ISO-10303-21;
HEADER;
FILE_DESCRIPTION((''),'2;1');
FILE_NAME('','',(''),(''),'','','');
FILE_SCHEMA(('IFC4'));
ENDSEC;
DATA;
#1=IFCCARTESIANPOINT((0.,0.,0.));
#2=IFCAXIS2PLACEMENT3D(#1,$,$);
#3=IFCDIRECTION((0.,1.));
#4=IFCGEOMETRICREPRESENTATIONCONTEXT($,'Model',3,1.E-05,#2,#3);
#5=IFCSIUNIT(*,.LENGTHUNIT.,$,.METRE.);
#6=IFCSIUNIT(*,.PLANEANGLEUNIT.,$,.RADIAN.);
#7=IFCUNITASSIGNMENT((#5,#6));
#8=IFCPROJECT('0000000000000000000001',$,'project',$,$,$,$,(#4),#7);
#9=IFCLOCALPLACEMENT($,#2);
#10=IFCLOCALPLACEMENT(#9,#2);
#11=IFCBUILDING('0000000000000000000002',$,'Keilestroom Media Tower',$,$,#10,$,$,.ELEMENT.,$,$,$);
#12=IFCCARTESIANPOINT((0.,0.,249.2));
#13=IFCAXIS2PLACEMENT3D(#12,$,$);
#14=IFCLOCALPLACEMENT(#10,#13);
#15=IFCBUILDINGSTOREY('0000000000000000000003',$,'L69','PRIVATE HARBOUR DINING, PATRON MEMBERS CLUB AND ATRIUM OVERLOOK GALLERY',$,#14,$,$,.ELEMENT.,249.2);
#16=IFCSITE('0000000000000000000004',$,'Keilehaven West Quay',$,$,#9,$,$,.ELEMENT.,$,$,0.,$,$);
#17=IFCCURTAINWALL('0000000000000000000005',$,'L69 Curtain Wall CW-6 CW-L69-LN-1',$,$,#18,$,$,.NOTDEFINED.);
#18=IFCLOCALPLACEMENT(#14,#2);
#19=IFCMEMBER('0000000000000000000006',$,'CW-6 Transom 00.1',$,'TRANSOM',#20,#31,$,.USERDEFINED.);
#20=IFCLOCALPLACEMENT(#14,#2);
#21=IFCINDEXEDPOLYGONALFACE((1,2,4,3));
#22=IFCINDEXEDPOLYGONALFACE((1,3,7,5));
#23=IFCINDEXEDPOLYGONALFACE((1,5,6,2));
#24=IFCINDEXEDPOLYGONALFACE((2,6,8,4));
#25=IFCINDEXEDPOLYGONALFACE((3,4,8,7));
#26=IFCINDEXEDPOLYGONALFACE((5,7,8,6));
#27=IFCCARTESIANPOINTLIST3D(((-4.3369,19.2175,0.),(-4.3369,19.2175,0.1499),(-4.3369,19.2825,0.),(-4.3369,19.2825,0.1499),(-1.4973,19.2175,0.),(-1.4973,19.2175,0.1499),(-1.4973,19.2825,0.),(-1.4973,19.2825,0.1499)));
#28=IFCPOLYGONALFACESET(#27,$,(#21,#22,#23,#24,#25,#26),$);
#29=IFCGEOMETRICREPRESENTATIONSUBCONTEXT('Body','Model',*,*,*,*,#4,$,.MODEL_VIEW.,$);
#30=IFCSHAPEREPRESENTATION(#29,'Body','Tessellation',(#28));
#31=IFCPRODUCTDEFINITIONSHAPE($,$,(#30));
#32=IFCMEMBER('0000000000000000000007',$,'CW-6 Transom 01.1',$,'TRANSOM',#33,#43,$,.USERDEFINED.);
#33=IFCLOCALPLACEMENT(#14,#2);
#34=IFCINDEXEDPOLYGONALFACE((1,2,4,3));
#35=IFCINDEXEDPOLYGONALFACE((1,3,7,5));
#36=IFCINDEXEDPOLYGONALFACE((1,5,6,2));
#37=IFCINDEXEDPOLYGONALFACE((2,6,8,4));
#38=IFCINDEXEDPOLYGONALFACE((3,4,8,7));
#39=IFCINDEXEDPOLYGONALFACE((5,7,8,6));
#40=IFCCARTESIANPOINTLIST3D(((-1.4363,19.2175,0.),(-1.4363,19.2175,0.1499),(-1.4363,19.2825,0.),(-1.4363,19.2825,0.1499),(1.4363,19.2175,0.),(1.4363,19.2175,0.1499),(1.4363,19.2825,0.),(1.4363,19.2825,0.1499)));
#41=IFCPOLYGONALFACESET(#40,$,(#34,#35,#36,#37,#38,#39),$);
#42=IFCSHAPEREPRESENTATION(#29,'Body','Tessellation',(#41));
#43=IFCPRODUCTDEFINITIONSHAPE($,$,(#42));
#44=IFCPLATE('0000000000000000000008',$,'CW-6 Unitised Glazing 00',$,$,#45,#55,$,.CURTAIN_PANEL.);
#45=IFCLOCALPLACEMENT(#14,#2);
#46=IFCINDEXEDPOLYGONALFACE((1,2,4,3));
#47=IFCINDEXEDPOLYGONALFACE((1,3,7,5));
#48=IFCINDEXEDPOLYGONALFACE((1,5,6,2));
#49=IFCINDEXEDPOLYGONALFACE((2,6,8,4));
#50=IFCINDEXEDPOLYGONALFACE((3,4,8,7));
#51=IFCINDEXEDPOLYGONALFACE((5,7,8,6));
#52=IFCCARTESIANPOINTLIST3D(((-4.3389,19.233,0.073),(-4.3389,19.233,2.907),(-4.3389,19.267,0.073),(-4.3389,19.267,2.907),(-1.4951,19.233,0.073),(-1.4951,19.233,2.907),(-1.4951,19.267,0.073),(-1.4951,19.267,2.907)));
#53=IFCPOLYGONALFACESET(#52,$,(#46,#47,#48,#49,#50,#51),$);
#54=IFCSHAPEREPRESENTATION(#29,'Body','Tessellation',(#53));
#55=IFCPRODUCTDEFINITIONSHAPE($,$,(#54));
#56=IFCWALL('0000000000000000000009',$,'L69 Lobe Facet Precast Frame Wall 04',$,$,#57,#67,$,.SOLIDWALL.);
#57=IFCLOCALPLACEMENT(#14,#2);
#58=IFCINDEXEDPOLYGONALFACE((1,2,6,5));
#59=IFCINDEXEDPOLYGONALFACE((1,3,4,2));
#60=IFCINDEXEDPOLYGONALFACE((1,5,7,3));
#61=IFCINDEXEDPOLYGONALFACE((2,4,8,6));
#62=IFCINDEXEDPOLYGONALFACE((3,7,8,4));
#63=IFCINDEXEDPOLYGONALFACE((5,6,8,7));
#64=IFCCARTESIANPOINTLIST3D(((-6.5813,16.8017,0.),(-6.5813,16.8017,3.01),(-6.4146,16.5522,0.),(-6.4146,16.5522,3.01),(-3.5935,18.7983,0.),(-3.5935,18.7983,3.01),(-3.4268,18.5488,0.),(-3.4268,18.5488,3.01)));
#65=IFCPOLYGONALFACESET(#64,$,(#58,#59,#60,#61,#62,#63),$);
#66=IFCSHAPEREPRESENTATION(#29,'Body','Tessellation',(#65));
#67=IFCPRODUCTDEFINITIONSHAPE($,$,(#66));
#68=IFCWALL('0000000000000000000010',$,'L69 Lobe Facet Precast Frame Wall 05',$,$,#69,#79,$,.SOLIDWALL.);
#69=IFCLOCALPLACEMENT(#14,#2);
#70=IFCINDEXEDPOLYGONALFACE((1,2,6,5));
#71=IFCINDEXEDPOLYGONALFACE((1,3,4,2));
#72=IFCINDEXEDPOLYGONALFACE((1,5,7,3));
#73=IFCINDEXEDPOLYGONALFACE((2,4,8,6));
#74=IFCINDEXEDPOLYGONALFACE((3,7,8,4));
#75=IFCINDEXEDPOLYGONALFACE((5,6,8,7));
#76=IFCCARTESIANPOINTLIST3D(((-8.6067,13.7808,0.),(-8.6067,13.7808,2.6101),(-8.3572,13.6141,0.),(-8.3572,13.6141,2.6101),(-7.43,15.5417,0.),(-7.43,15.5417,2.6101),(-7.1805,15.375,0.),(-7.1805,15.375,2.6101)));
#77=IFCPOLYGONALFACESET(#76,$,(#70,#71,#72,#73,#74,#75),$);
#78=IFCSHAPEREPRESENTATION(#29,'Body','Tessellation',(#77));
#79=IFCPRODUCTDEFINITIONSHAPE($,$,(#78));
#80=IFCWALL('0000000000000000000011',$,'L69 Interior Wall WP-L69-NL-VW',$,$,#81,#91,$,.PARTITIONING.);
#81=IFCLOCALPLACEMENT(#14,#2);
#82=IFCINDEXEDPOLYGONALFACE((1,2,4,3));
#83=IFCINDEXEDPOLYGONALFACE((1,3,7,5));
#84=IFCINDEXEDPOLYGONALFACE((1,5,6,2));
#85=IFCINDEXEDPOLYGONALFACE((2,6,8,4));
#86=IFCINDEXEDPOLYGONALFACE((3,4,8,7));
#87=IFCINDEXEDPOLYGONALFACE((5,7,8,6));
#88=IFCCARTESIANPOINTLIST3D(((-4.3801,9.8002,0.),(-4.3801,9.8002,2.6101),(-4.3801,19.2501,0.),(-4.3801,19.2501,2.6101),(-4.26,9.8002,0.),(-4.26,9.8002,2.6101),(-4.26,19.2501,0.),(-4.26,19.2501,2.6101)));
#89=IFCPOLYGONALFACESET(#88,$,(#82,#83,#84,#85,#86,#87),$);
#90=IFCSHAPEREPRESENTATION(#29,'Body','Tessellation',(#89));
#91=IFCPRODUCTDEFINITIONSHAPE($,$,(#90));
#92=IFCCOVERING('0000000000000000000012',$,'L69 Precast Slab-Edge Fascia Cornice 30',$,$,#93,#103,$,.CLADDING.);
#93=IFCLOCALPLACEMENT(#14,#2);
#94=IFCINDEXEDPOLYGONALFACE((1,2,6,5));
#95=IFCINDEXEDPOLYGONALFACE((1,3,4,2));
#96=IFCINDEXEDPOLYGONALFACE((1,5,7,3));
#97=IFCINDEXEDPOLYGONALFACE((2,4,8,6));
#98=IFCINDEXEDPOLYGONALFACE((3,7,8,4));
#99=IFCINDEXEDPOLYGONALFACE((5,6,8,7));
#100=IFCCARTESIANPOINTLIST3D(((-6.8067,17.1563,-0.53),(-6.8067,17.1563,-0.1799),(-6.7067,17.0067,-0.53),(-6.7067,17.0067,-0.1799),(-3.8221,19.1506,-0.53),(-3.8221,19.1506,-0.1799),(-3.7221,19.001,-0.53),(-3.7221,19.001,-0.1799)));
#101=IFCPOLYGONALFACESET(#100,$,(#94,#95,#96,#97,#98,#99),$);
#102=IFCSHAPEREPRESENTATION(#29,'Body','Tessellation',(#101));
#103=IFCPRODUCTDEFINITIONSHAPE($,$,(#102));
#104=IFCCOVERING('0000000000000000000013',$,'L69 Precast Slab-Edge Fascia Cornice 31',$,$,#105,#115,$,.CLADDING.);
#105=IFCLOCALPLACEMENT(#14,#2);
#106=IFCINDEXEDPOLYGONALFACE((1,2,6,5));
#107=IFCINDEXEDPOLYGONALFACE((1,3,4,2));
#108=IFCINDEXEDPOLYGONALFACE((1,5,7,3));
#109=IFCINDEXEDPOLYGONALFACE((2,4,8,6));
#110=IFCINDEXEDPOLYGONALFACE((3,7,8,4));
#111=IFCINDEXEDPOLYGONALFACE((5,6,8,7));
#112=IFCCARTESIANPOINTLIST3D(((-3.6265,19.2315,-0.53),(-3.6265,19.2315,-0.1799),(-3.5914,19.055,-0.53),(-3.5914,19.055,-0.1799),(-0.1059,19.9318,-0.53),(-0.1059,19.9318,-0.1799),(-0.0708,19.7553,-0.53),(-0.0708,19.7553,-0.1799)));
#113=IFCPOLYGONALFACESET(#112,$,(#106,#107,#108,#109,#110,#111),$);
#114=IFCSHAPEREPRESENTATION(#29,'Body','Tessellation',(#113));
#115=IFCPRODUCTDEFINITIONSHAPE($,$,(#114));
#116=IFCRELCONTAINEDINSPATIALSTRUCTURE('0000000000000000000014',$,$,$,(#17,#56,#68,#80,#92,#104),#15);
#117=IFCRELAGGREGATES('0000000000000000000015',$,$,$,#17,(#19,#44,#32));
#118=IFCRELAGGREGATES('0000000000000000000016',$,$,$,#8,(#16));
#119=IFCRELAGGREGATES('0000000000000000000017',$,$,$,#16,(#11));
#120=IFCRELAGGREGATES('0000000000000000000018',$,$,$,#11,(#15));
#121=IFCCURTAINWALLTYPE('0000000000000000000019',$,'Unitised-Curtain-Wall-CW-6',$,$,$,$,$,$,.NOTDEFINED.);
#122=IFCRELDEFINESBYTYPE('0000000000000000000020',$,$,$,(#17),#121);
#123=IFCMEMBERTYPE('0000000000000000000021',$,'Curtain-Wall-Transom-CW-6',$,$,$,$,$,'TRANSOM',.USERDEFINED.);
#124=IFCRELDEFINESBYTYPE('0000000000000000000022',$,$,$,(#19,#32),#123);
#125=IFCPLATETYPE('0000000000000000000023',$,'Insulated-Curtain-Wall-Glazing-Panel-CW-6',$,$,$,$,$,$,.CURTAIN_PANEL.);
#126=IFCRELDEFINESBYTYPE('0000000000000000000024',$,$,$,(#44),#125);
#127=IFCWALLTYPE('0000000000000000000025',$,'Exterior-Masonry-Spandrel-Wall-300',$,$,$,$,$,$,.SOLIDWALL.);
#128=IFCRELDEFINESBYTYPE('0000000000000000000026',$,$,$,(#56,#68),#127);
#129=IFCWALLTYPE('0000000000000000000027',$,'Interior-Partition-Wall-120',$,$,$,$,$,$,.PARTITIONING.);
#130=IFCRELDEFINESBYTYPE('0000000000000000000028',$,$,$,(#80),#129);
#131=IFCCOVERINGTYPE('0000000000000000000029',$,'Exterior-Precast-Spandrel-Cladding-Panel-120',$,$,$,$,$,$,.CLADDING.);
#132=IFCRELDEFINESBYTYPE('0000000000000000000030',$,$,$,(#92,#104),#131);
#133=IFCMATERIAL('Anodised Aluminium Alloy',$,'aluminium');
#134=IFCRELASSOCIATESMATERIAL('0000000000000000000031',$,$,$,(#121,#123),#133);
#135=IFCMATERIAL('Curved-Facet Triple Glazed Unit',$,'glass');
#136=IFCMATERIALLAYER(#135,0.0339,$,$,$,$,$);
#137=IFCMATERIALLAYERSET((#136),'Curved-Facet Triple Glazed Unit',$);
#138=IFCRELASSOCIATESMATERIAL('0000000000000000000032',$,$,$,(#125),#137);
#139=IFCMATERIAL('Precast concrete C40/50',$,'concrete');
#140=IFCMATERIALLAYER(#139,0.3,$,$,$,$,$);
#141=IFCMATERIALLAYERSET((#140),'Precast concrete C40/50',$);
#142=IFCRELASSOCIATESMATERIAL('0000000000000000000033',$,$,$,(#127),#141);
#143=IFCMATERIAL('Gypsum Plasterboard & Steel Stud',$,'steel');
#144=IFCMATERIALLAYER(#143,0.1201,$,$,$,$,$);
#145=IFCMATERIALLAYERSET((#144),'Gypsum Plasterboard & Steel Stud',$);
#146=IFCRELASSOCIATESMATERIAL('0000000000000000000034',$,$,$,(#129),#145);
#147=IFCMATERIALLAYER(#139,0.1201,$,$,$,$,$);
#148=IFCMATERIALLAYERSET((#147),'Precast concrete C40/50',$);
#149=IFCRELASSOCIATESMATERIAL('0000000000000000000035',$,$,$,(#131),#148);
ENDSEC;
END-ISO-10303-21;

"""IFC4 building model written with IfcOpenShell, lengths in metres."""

from ifc_helpers import new_model, si_unit, direction, frame, frame_2d, origin, origin_2d, place, context, subcontext, project, spatial, rectangle, extrude, source, transform, mapped, material, layer, layer_set, material_profile, profile_set, type_object, element, aggregate, save


model = new_model("IFC4")

# Units and contexts
model_context = context("Model", 3, precision=1e-05, world=origin(), true_north=direction((0.0, 1.0)))
body_context = subcontext(model_context, "Body", "Model", "MODEL_VIEW")
ifc_project = project(units=[si_unit("LENGTHUNIT", "METRE"), si_unit("PLANEANGLEUNIT", "RADIAN")], contexts=[model_context])

# Site, building, storey
site_placement = place(None, origin())
site = spatial("IfcSite", under=ifc_project, at=site_placement, Name="Keilehaven West Quay", CompositionType="ELEMENT", RefElevation=0.0)
building_placement = place(site_placement, origin())
building = spatial("IfcBuilding", under=site, at=building_placement, Name="Keilestroom Media Tower", CompositionType="ELEMENT")
storey_placement = place(building_placement, frame((0.0, 0.0, 249.2)))
storey = spatial("IfcBuildingStorey", under=building, at=storey_placement, Name="L69", Description="PRIVATE HARBOUR DINING, PATRON MEMBERS CLUB AND ATRIUM OVERLOOK GALLERY", CompositionType="ELEMENT", Elevation=249.2)

# Curtain wall, members, plate
ifc_material_1 = material(Name="Anodised Aluminium Alloy", Category="aluminium")
curtain_wall_type = type_object("IfcCurtainWallType", Name="Unitised-Curtain-Wall-CW-6", PredefinedType="NOTDEFINED", material=ifc_material_1)
curtain_wall_placement = place(storey_placement, origin())
curtain_wall = element("IfcCurtainWall", 1, at=curtain_wall_placement, inside=storey, type_object=curtain_wall_type, Name="L69 Curtain Wall CW-6 CW-L69-LN-1", PredefinedType="NOTDEFINED")
ifc_material_profile_1 = material_profile(ifc_material_1, rectangle(XDim=0.0649, YDim=0.1499, at=origin_2d()), Name="ALU TRANSOM 65x150")
ifc_profile_set_1 = profile_set([ifc_material_profile_1], Name="Anodised Aluminium Alloy")
member_type_1 = type_object("IfcMemberType", Name="Curtain-Wall-Transom-CW-6", ElementType="TRANSOM", PredefinedType="USERDEFINED", material=ifc_profile_set_1)
shared_shape_1 = source(origin(), body_context, "Body", "SweptSolid", [
    extrude(rectangle(XDim=0.0649, YDim=0.1499, at=origin_2d()), origin(), (0.0, 0.0, 1.0), 2.8396),
])
member_1_placement = place(storey_placement, frame((-4.3369, 19.25, 0.075), z_axis=(1.0, 0.0, 0.0), x_axis=(0.0, 1.0, 0.0)))
member_1 = element("IfcMember", 2, at=member_1_placement, type_object=member_type_1, Name="CW-6 Transom 00.1", ObjectType="TRANSOM", PredefinedType="USERDEFINED", context=body_context, shape_type="MappedRepresentation", body=[
    mapped(shared_shape_1, transform((0.0, 0.0, 0.0), x_axis=(1.0, 0.0, 0.0), y_axis=(0.0, 1.0, 0.0), z_axis=(0.0, 0.0, 1.0), scale=1.0)),
])
shared_shape_2 = source(origin(), body_context, "Body", "SweptSolid", [
    extrude(rectangle(XDim=0.0649, YDim=0.1499, at=origin_2d()), origin(), (0.0, 0.0, 1.0), 2.8726),
])
member_2_placement = place(storey_placement, frame((-1.4363, 19.25, 0.075), z_axis=(1.0, 0.0, 0.0), x_axis=(0.0, 1.0, 0.0)))
member_2 = element("IfcMember", 3, at=member_2_placement, type_object=member_type_1, Name="CW-6 Transom 01.1", ObjectType="TRANSOM", PredefinedType="USERDEFINED", context=body_context, shape_type="MappedRepresentation", body=[
    mapped(shared_shape_2, transform((0.0, 0.0, 0.0), x_axis=(1.0, 0.0, 0.0), y_axis=(0.0, 1.0, 0.0), z_axis=(0.0, 0.0, 1.0), scale=1.0)),
])
ifc_material_2 = material(Name="Curved-Facet Triple Glazed Unit", Category="glass")
ifc_layer_1 = layer(ifc_material_2, 0.0339)
ifc_layer_set_1 = layer_set([ifc_layer_1], Name="Curved-Facet Triple Glazed Unit")
plate_type = type_object("IfcPlateType", Name="Insulated-Curtain-Wall-Glazing-Panel-CW-6", PredefinedType="CURTAIN_PANEL", material=ifc_layer_set_1)
shared_shape_3 = source(origin(), body_context, "Body", "SweptSolid", [
    extrude(rectangle(XDim=2.8438, YDim=0.0339, at=origin_2d()), origin(), (0.0, 0.0, 1.0), 2.834),
])
plate_placement = place(storey_placement, frame((-2.917, 19.25, 0.073), z_axis=(0.0, 0.0, 1.0), x_axis=(1.0, 0.0, 0.0)))
plate = element("IfcPlate", 4, at=plate_placement, type_object=plate_type, Name="CW-6 Unitised Glazing 00", PredefinedType="CURTAIN_PANEL", context=body_context, shape_type="MappedRepresentation", body=[
    mapped(shared_shape_3, transform((0.0, 0.0, 0.0), x_axis=(1.0, 0.0, 0.0), y_axis=(0.0, 1.0, 0.0), z_axis=(0.0, 0.0, 1.0), scale=1.0)),
])
aggregate(curtain_wall, [member_1, plate, member_2])

# Walls
ifc_material_3 = material(Name="Precast concrete C40/50", Category="concrete")
ifc_layer_2 = layer(ifc_material_3, 0.3)
ifc_layer_set_2 = layer_set([ifc_layer_2], Name="Precast concrete C40/50")
wall_type_1 = type_object("IfcWallType", Name="Exterior-Masonry-Spandrel-Wall-300", PredefinedType="SOLIDWALL", material=ifc_layer_set_2)
wall_1_placement = place(storey_placement, frame((-3.51, 18.6736, 0.0), z_axis=(0.0, 0.0, 1.0), x_axis=(-0.831444, -0.555609, 0.0)))
element("IfcWall", 5, at=wall_1_placement, inside=storey, type_object=wall_type_1, Name="L69 Lobe Facet Precast Frame Wall 04", PredefinedType="SOLIDWALL", context=body_context, shape_type="SweptSolid", body=[
    extrude(rectangle(XDim=3.5935, YDim=0.3, at=frame_2d((1.7969, 0.0))), origin(), (0.0, 0.0, 1.0), 3.01),
])
wall_2_placement = place(storey_placement, frame((-7.3052, 15.4585, 0.0), z_axis=(0.0, 0.0, 1.0), x_axis=(-0.555604, -0.831447, 0.0)))
element("IfcWall", 6, at=wall_2_placement, inside=storey, type_object=wall_type_1, Name="L69 Lobe Facet Precast Frame Wall 05", PredefinedType="SOLIDWALL", context=body_context, shape_type="SweptSolid", body=[
    extrude(rectangle(XDim=2.1179, YDim=0.3, at=frame_2d((1.0591, 0.0))), origin(), (0.0, 0.0, 1.0), 2.6101),
])
ifc_material_4 = material(Name="Gypsum Plasterboard & Steel Stud", Category="steel")
ifc_layer_3 = layer(ifc_material_4, 0.1201)
ifc_layer_set_3 = layer_set([ifc_layer_3], Name="Gypsum Plasterboard & Steel Stud")
wall_type_2 = type_object("IfcWallType", Name="Interior-Partition-Wall-120", PredefinedType="PARTITIONING", material=ifc_layer_set_3)
wall_3_placement = place(storey_placement, frame((-4.3201, 9.8, 0.0), z_axis=(0.0, 0.0, 1.0), x_axis=(0.0, 1.0, 0.0)))
element("IfcWall", 7, at=wall_3_placement, inside=storey, type_object=wall_type_2, Name="L69 Interior Wall WP-L69-NL-VW", PredefinedType="PARTITIONING", context=body_context, shape_type="SweptSolid", body=[
    extrude(rectangle(XDim=9.45, YDim=0.1201, at=frame_2d((4.7251, 0.0))), origin(), (0.0, 0.0, 1.0), 2.6101),
])

# Coverings
ifc_layer_4 = layer(ifc_material_3, 0.1201)
ifc_layer_set_4 = layer_set([ifc_layer_4], Name="Precast concrete C40/50")
covering_type = type_object("IfcCoveringType", Name="Exterior-Precast-Spandrel-Cladding-Panel-120", PredefinedType="CLADDING", material=ifc_layer_set_4)
shared_shape_4 = source(origin(), body_context, "Body", "SweptSolid", [
    extrude(rectangle(XDim=3.5896, YDim=0.1799, at=origin_2d()), origin(), (0.0, 0.0, 1.0), 0.3501),
])
for number, where, z_axis, x_axis, name in (
    (8, (-5.2644, 18.0786, -0.53), (0.0, 0.0, 1.0), (0.831467, 0.555575, 0.0), "L69 Precast Slab-Edge Fascia Cornice 30"),
    (9, (-1.8486, 19.4934, -0.53), (0.0, 0.0, 1.0), (0.980784, 0.195099, 0.0), "L69 Precast Slab-Edge Fascia Cornice 31"),
):
    element("IfcCovering", number, at=place(storey_placement, frame(where, z_axis=z_axis, x_axis=x_axis)), inside=storey, type_object=covering_type, Name=name, PredefinedType="CLADDING", context=body_context, shape_type="MappedRepresentation", body=[
        mapped(shared_shape_4, transform((0.0, 0.0, 0.0), x_axis=(1.0, 0.0, 0.0), y_axis=(0.0, 1.0, 0.0), z_axis=(0.0, 0.0, 1.0), scale=1.0)),
    ])

save(model, "model.ifc")
